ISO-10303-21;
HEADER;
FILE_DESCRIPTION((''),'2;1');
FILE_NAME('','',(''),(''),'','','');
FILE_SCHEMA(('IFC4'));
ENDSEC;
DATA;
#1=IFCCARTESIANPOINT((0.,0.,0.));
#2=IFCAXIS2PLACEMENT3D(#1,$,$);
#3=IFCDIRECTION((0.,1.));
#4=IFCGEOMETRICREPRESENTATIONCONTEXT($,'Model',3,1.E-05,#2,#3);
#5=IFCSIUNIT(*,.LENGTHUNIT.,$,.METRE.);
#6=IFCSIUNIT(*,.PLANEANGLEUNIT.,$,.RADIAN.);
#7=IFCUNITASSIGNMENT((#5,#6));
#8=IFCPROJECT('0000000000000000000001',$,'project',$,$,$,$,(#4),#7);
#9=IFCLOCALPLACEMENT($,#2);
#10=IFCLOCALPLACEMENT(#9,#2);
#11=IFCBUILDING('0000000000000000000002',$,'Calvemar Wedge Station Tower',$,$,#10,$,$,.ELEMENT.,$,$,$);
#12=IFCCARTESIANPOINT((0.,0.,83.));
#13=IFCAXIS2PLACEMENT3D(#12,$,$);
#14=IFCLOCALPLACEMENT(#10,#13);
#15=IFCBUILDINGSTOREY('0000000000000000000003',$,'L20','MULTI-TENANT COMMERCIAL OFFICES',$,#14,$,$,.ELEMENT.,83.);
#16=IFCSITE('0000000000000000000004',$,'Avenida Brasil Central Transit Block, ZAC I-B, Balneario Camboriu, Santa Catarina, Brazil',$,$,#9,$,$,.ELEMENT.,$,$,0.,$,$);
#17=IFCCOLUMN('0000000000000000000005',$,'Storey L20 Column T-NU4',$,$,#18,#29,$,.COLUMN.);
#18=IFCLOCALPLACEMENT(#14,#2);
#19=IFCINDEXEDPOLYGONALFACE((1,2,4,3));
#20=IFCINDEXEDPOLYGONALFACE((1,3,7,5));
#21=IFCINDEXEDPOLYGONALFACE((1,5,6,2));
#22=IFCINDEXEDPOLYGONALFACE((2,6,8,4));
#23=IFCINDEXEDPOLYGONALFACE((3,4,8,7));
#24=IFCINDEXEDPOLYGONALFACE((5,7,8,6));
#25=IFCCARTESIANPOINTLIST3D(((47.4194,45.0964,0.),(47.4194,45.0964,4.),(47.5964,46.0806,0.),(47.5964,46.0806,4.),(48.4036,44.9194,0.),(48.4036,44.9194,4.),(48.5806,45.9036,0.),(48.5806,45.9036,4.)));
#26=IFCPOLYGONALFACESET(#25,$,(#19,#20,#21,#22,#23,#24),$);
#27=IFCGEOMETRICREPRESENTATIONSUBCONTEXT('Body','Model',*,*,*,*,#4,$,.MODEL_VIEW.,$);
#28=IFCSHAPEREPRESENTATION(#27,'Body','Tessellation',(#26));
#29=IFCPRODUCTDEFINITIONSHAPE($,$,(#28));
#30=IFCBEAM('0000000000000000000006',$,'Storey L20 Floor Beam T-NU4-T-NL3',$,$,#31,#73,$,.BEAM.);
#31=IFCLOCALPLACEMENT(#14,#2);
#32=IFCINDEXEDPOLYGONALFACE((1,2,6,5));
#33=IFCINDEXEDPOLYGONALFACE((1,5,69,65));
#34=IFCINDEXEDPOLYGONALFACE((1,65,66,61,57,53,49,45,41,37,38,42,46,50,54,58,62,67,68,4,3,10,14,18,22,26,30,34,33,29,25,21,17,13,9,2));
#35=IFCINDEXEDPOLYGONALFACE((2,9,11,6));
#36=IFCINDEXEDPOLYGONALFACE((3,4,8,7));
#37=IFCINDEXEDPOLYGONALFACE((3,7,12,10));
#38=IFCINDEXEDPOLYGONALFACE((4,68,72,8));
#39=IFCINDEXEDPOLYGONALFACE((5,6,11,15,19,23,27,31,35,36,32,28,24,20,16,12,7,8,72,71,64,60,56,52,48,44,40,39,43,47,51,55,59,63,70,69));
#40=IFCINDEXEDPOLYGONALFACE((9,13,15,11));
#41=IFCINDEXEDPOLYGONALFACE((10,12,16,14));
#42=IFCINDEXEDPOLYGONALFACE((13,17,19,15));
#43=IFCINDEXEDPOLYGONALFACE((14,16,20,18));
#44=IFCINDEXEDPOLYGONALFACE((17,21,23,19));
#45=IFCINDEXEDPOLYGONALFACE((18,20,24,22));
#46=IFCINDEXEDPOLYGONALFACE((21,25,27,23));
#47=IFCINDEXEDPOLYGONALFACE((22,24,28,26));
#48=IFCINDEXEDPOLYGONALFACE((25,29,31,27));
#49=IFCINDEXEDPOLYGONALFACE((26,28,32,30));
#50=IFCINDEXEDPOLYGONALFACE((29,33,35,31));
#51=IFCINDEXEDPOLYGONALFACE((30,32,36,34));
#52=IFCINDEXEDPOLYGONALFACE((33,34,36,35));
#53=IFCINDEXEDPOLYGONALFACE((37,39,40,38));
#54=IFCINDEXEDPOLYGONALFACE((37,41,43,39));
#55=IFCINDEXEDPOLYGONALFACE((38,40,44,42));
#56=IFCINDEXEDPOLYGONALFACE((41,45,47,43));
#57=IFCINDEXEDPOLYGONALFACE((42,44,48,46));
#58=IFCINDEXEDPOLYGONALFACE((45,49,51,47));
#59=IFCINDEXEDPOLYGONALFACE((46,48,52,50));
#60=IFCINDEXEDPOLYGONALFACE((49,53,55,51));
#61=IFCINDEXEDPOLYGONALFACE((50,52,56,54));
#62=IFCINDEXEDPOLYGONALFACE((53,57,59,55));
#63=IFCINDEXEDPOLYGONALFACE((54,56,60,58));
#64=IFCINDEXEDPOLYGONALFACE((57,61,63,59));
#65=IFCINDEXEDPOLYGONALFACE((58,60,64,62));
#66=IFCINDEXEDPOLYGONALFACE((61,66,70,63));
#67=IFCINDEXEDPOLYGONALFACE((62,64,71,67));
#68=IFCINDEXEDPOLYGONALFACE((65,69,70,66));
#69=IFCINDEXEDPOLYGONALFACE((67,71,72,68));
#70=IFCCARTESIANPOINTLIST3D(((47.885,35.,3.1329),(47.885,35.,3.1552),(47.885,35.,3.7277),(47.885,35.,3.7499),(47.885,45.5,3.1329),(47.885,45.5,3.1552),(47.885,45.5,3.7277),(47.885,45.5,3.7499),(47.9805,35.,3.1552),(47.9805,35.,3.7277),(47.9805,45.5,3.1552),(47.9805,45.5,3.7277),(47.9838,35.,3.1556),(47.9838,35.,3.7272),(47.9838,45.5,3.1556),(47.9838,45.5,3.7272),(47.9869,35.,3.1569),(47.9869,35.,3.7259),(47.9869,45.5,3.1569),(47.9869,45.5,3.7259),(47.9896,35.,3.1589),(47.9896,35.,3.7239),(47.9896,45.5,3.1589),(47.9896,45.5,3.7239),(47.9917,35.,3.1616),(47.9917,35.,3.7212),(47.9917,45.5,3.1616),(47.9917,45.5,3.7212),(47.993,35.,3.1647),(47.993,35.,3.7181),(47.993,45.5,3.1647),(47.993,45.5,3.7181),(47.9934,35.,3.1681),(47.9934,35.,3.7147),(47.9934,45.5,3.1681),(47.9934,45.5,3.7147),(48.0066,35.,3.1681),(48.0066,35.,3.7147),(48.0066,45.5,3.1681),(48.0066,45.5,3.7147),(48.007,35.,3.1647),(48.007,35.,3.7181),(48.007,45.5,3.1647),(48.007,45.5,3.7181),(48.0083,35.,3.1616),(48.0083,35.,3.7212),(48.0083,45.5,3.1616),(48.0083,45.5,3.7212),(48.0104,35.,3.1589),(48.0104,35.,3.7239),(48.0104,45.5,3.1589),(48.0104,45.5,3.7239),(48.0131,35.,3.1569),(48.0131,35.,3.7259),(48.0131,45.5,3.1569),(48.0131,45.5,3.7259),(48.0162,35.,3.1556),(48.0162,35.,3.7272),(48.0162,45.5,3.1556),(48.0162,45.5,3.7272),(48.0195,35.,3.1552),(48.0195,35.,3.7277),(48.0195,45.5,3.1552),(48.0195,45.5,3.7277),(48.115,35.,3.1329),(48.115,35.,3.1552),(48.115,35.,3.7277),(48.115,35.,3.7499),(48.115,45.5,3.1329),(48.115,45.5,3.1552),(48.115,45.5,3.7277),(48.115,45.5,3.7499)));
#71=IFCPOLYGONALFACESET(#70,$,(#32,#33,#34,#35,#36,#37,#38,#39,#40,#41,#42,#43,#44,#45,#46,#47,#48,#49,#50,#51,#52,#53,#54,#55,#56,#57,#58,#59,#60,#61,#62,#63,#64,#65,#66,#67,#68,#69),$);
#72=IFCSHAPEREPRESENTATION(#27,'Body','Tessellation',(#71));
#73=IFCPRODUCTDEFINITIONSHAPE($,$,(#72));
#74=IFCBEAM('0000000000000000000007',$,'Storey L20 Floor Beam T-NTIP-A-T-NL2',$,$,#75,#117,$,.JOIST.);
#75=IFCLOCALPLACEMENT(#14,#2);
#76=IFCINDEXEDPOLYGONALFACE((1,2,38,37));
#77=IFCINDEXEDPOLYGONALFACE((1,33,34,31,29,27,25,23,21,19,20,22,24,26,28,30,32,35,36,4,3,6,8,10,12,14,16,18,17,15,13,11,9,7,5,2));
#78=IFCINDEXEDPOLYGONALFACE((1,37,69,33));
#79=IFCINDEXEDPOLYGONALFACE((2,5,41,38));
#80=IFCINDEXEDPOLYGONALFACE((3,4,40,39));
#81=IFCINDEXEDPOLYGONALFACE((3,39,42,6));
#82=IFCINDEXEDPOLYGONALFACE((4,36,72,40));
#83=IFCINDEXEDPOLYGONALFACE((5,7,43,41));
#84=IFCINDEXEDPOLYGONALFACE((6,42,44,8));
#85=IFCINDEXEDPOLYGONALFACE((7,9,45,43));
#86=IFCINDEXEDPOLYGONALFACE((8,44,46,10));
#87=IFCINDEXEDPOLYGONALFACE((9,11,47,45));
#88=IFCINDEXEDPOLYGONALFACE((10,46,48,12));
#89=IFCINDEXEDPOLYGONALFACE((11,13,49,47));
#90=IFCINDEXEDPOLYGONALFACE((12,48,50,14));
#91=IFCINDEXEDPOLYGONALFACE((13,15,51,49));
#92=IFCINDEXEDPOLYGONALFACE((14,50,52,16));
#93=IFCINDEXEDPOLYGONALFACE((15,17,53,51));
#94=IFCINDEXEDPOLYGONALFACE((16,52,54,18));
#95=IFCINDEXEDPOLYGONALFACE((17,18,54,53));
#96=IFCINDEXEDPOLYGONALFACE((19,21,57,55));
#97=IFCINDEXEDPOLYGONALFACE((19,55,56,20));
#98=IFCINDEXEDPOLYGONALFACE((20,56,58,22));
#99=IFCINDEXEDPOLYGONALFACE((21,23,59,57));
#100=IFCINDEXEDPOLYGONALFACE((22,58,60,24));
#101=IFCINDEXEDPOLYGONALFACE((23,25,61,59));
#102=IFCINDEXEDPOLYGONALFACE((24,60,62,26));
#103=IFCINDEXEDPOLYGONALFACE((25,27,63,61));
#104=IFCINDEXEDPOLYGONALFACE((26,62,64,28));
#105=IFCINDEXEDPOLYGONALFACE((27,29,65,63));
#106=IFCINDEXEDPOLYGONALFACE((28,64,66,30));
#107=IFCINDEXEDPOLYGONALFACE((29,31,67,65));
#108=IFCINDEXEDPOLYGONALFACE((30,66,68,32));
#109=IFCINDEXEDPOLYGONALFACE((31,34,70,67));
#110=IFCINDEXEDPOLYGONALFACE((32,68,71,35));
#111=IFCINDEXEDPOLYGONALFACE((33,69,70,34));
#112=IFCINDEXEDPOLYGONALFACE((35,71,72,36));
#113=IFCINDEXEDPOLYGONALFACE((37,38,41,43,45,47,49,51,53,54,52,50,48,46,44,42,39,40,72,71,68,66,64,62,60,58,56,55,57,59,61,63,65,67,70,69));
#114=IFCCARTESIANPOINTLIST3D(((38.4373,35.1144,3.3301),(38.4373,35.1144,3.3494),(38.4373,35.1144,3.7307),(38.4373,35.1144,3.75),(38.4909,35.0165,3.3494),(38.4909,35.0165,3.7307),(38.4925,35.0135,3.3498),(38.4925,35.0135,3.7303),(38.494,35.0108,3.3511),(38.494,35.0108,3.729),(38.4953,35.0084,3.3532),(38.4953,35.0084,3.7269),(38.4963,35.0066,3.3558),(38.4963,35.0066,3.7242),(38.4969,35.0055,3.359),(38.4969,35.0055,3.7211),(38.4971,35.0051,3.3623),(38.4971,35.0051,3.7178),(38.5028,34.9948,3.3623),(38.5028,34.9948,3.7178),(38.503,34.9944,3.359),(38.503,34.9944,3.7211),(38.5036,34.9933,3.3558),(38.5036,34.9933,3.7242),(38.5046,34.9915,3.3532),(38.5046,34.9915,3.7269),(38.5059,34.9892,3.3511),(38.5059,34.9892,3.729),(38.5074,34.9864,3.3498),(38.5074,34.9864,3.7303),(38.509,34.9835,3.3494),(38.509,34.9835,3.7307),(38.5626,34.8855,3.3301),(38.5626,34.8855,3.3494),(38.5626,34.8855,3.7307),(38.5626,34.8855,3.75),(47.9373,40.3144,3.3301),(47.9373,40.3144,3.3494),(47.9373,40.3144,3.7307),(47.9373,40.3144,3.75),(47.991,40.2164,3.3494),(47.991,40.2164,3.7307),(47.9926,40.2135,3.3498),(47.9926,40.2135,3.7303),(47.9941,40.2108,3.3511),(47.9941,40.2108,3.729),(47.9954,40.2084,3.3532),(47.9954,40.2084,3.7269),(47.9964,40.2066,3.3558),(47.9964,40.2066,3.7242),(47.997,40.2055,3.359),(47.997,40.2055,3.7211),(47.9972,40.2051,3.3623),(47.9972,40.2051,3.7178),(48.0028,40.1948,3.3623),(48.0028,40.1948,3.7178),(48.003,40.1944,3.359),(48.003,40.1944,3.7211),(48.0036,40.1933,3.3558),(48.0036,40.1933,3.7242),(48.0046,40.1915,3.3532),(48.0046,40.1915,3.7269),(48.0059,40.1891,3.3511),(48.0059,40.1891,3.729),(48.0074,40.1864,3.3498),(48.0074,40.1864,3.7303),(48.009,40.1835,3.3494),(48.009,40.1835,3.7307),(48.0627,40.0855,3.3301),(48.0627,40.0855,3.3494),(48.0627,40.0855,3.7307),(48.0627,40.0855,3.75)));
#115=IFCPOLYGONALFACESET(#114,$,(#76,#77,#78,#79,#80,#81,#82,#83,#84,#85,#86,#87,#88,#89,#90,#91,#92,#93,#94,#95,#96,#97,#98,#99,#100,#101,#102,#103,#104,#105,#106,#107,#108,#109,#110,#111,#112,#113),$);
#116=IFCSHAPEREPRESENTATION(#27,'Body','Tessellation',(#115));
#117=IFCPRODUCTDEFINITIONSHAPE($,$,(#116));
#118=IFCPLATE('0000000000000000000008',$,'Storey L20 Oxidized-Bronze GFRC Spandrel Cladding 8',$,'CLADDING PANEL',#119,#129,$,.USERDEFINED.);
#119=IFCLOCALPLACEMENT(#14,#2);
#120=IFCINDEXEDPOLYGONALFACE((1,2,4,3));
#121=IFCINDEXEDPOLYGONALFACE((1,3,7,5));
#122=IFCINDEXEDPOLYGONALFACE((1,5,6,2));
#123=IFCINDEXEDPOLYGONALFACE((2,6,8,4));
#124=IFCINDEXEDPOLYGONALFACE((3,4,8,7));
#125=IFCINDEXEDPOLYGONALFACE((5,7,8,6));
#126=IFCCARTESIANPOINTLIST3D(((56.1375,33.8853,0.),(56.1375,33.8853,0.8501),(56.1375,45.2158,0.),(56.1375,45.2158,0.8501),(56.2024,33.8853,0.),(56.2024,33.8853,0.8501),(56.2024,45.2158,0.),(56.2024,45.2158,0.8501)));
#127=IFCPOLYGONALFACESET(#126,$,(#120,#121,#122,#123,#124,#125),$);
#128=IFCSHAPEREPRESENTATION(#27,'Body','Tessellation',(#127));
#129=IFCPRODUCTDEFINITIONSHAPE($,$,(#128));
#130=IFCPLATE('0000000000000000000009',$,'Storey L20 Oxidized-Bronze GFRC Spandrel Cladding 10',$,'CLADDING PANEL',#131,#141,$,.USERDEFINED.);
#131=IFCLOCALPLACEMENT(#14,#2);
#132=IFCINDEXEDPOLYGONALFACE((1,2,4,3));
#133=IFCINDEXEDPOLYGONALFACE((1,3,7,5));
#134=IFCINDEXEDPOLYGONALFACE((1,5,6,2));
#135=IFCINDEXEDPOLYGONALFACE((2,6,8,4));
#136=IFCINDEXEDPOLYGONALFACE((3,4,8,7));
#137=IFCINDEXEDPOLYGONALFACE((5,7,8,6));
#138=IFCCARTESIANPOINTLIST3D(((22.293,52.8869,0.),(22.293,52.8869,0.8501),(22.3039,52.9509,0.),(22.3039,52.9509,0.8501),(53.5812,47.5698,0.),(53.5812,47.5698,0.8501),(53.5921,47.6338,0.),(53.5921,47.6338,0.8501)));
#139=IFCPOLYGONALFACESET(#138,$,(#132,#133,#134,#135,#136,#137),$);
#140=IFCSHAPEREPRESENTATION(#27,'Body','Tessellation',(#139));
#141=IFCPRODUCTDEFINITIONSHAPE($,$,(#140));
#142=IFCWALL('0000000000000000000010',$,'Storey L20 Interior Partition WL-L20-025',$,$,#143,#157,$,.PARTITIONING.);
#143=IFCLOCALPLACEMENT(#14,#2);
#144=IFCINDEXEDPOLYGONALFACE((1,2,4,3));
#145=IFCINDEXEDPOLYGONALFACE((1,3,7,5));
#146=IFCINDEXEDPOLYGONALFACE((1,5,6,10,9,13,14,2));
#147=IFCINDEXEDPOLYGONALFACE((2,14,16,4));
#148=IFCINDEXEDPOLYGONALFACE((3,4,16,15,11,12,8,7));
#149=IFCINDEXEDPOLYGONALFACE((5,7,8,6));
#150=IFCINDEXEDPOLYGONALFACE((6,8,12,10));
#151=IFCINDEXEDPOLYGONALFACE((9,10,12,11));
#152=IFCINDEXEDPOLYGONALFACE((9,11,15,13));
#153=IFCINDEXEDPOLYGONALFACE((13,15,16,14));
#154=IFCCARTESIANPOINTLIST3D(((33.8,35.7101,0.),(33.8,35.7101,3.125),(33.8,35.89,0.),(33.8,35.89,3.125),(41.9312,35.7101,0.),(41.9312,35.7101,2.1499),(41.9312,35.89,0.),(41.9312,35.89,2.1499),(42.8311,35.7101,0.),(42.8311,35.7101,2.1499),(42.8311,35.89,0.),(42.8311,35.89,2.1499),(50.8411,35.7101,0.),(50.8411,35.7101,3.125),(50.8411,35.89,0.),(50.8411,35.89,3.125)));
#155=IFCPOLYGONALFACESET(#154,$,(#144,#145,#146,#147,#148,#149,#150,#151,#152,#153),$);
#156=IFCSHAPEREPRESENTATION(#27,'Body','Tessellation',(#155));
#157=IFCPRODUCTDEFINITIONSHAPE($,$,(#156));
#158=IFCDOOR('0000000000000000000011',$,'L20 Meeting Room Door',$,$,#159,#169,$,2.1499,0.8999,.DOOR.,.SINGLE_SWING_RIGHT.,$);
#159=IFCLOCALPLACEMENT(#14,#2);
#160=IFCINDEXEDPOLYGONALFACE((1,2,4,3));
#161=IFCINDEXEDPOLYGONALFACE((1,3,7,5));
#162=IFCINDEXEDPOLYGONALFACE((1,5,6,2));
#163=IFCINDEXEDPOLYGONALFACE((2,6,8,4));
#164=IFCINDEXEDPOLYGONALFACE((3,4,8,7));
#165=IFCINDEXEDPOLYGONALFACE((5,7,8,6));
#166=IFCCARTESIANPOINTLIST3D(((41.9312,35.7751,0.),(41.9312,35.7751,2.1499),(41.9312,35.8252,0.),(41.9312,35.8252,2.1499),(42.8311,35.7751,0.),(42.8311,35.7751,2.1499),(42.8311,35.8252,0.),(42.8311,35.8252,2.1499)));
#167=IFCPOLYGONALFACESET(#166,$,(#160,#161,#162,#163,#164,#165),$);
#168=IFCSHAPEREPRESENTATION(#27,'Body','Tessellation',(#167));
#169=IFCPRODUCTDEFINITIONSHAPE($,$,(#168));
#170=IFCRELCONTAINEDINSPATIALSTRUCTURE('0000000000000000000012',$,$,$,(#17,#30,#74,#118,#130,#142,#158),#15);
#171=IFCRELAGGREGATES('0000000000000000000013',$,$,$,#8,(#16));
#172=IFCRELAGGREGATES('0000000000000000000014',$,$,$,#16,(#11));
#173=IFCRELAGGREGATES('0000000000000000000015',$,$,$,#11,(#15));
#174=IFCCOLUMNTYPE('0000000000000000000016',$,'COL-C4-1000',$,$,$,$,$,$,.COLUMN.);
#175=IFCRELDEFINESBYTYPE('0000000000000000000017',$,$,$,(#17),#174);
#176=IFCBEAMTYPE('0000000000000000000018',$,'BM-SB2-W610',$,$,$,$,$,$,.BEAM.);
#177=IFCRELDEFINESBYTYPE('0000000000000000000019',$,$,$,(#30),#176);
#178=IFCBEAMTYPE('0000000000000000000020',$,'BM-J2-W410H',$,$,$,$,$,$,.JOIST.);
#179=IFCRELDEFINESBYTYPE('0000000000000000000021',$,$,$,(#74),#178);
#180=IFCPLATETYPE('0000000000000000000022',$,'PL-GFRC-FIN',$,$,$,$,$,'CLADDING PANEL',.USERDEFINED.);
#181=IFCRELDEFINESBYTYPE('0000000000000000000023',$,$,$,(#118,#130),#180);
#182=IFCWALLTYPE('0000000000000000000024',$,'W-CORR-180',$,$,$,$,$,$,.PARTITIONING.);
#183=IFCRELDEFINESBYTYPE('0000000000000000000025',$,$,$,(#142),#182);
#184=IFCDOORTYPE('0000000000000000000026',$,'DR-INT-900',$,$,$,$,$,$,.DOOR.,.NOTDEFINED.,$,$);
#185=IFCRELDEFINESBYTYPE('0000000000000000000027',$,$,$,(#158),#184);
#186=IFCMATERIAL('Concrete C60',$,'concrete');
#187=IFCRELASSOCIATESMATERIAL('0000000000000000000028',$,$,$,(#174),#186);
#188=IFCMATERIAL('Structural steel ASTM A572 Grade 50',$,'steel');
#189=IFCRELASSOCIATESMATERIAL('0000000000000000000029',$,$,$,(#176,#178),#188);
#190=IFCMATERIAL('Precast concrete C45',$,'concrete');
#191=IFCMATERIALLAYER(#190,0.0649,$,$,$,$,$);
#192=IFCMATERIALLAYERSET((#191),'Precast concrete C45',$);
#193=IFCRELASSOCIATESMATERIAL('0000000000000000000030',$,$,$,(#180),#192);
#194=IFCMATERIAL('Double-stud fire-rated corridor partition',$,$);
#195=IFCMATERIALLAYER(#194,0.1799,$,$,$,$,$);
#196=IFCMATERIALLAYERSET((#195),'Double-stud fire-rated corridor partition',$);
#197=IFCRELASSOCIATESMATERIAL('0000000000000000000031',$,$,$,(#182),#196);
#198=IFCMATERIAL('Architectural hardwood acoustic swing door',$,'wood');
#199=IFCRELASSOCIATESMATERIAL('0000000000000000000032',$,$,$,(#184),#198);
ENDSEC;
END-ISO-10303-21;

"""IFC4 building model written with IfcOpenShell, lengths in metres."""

from ifc_helpers import new_model, si_unit, direction, frame, frame_2d, origin, origin_2d, place, context, subcontext, project, spatial, rectangle, i_section, extrude, source, transform, mapped, material, layer, layer_set, material_profile, profile_set, type_object, element, fill, save


model = new_model("IFC4")

# Units and contexts
model_context = context("Model", 3, precision=1e-05, world=origin(), true_north=direction((0.0, 1.0)))
body_context = subcontext(model_context, "Body", "Model", "MODEL_VIEW")
ifc_project = project(units=[si_unit("LENGTHUNIT", "METRE"), si_unit("PLANEANGLEUNIT", "RADIAN")], contexts=[model_context])

# Site, building, storey
site_placement = place(None, origin())
site = spatial("IfcSite", under=ifc_project, at=site_placement, Name="Avenida Brasil Central Transit Block, ZAC I-B, Balneario Camboriu, Santa Catarina, Brazil", CompositionType="ELEMENT", RefElevation=0.0)
building_placement = place(site_placement, origin())
building = spatial("IfcBuilding", under=site, at=building_placement, Name="Calvemar Wedge Station Tower", CompositionType="ELEMENT")
storey_placement = place(building_placement, frame((0.0, 0.0, 83.0)))
storey = spatial("IfcBuildingStorey", under=building, at=storey_placement, Name="L20", Description="MULTI-TENANT COMMERCIAL OFFICES", CompositionType="ELEMENT", Elevation=83.0)

# Column
ifc_material_1 = material(Name="Concrete C60", Category="concrete")
ifc_material_profile_1 = material_profile(ifc_material_1, rectangle(XDim=1.0, YDim=1.0, at=origin_2d()), Name="RC1000x1000")
ifc_profile_set_1 = profile_set([ifc_material_profile_1], Name="Concrete C60")
column_type = type_object("IfcColumnType", Name="COL-C4-1000", PredefinedType="COLUMN", material=ifc_profile_set_1)
shared_shape_1 = source(origin(), body_context, "Body", "SweptSolid", [
    extrude(rectangle(XDim=1.0, YDim=1.0, at=origin_2d()), origin(), (0.0, 0.0, 1.0), 4.0),
])
column_placement = place(storey_placement, frame((48.0, 45.5, 0.0), z_axis=(0.0, 0.0, 1.0), x_axis=(0.984196, -0.177085, 0.0)))
element("IfcColumn", 1, at=column_placement, inside=storey, type_object=column_type, Name="Storey L20 Column T-NU4", PredefinedType="COLUMN", context=body_context, shape_type="MappedRepresentation", body=[
    mapped(shared_shape_1, transform((0.0, 0.0, 0.0), scale=1.0)),
])

# Beams
ifc_material_2 = material(Name="Structural steel ASTM A572 Grade 50", Category="steel")
ifc_material_profile_2 = material_profile(ifc_material_2, i_section(OverallWidth=0.23, OverallDepth=0.6169, WebThickness=0.0132, FlangeThickness=0.0222, FilletRadius=0.0129, at=origin_2d()), Name="W610x140")
ifc_profile_set_2 = profile_set([ifc_material_profile_2], Name="Structural steel ASTM A572 Grade 50")
beam_type_1 = type_object("IfcBeamType", Name="BM-SB2-W610", PredefinedType="BEAM", material=ifc_profile_set_2)
shared_shape_2 = source(origin(), body_context, "Body", "SweptSolid", [
    extrude(i_section(OverallWidth=0.23, OverallDepth=0.6169, WebThickness=0.0132, FlangeThickness=0.0222, FilletRadius=0.0129, at=origin_2d()), origin(), (0.0, 0.0, 1.0), 10.5),
])
beam_1_placement = place(storey_placement, frame((48.0, 45.5, 3.4414), z_axis=(0.0, -1.0, 0.0), x_axis=(1.0, 0.0, 0.0)))
element("IfcBeam", 2, at=beam_1_placement, inside=storey, type_object=beam_type_1, Name="Storey L20 Floor Beam T-NU4-T-NL3", PredefinedType="BEAM", context=body_context, shape_type="MappedRepresentation", body=[
    mapped(shared_shape_2, transform((0.0, 0.0, 0.0), scale=1.0)),
])
ifc_material_profile_3 = material_profile(ifc_material_2, i_section(OverallWidth=0.261, OverallDepth=0.4199, WebThickness=0.0117, FlangeThickness=0.0193, FilletRadius=0.0129, at=origin_2d()), Name="W410x114")
ifc_profile_set_3 = profile_set([ifc_material_profile_3], Name="Structural steel ASTM A572 Grade 50")
beam_type_2 = type_object("IfcBeamType", Name="BM-J2-W410H", PredefinedType="JOIST", material=ifc_profile_set_3)
shared_shape_3 = source(origin(), body_context, "Body", "SweptSolid", [
    extrude(i_section(OverallWidth=0.261, OverallDepth=0.4199, WebThickness=0.0117, FlangeThickness=0.0193, FilletRadius=0.0129, at=origin_2d()), origin(), (0.0, 0.0, 1.0), 10.8301),
])
beam_2_placement = place(storey_placement, frame((48.0, 40.2, 3.54), z_axis=(-0.877191, -0.480142, 0.0), x_axis=(0.480142, -0.877191, 0.0)))
element("IfcBeam", 3, at=beam_2_placement, inside=storey, type_object=beam_type_2, Name="Storey L20 Floor Beam T-NTIP-A-T-NL2", PredefinedType="JOIST", context=body_context, shape_type="MappedRepresentation", body=[
    mapped(shared_shape_3, transform((0.0, 0.0, 0.0), scale=1.0)),
])

# Plates
ifc_material_3 = material(Name="Precast concrete C45", Category="concrete")
ifc_layer_1 = layer(ifc_material_3, 0.0649)
ifc_layer_set_1 = layer_set([ifc_layer_1], Name="Precast concrete C45")
plate_type = type_object("IfcPlateType", Name="PL-GFRC-FIN", ElementType="CLADDING PANEL", PredefinedType="USERDEFINED", material=ifc_layer_set_1)
plate_1_placement = place(storey_placement, frame((56.1699, 33.8853, 0.0), z_axis=(0.0, 0.0, 1.0), x_axis=(0.0, 1.0, 0.0)))
element("IfcPlate", 4, at=plate_1_placement, inside=storey, type_object=plate_type, Name="Storey L20 Oxidized-Bronze GFRC Spandrel Cladding 8", ObjectType="CLADDING PANEL", PredefinedType="USERDEFINED", context=body_context, shape_type="SweptSolid", body=[
    extrude(rectangle(XDim=11.3306, YDim=0.0649, at=frame_2d((5.6653, 0.0))), origin(), (0.0, 0.0, 1.0), 0.8501),
])
plate_2_placement = place(storey_placement, frame((53.5867, 47.6018, 0.0), z_axis=(0.0, 0.0, 1.0), x_axis=(-0.985866, 0.167538, 0.0)))
element("IfcPlate", 5, at=plate_2_placement, inside=storey, type_object=plate_type, Name="Storey L20 Oxidized-Bronze GFRC Spandrel Cladding 10", ObjectType="CLADDING PANEL", PredefinedType="USERDEFINED", context=body_context, shape_type="SweptSolid", body=[
    extrude(rectangle(XDim=31.7368, YDim=0.0649, at=frame_2d((15.8684, 0.0))), origin(), (0.0, 0.0, 1.0), 0.8501),
])

# Wall, opening, door
ifc_material_4 = material(Name="Double-stud fire-rated corridor partition")
ifc_layer_2 = layer(ifc_material_4, 0.1799)
ifc_layer_set_2 = layer_set([ifc_layer_2], Name="Double-stud fire-rated corridor partition")
wall_type_1 = type_object("IfcWallType", Name="W-CORR-180", PredefinedType="PARTITIONING", material=ifc_layer_set_2)
shared_shape_4 = source(origin(), body_context, "Body", "SweptSolid", [
    extrude(rectangle(XDim=0.8999, YDim=2.1499, at=frame_2d((0.45, 1.075))), frame((0.0, 0.1001, 0.0), z_axis=(0.0, -1.0, 0.0), x_axis=(1.0, 0.0, 0.0)), (0.0, 0.0, 1.0), 0.2),
])
ifc_material_5 = material(Name="Architectural hardwood acoustic swing door", Category="wood")
door_type = type_object("IfcDoorType", Name="DR-INT-900", OperationType="NOTDEFINED", PredefinedType="DOOR", material=ifc_material_5)
shared_shape_5 = source(origin(), body_context, "Body", "SweptSolid", [
    extrude(rectangle(XDim=0.8999, YDim=2.1499, at=frame_2d((0.45, 1.075))), frame((0.0, 0.0249, 0.0), z_axis=(0.0, -1.0, 0.0), x_axis=(1.0, 0.0, 0.0)), (0.0, 0.0, 1.0), 0.05),
])
wall_1_placement = place(storey_placement, frame((50.8411, 35.8, 0.0), z_axis=(0.0, 0.0, 1.0), x_axis=(-1.0, 0.0, 0.0)))
wall_1 = element("IfcWall", 6, at=wall_1_placement, inside=storey, type_object=wall_type_1, Name="Storey L20 Interior Partition WL-L20-025", PredefinedType="PARTITIONING", context=body_context, shape_type="SweptSolid", body=[
    extrude(rectangle(XDim=17.041, YDim=0.1799, at=frame_2d((8.5205, 0.0))), origin(), (0.0, 0.0, 1.0), 3.125),
])
opening_1_placement = place(wall_1_placement, frame((8.01, 0.0, 0.0)))
opening_1 = element("IfcOpeningElement", 7, at=opening_1_placement, cuts=wall_1, PredefinedType="OPENING", context=body_context, shape_type="MappedRepresentation", body=[
    mapped(shared_shape_4, transform((0.0, 0.0, 0.0), scale=1.0)),
])
door_1_placement = place(opening_1_placement, origin())
door_1 = element("IfcDoor", 8, at=door_1_placement, inside=storey, type_object=door_type, Name="L20 Meeting Room Door", OperationType="SINGLE_SWING_RIGHT", OverallHeight=2.1499, OverallWidth=0.8999, PredefinedType="DOOR", context=body_context, shape_type="MappedRepresentation", body=[
    mapped(shared_shape_5, transform((0.0, 0.0, 0.0), scale=1.0)),
])
fill(opening_1, door_1)

save(model, "model.ifc")
